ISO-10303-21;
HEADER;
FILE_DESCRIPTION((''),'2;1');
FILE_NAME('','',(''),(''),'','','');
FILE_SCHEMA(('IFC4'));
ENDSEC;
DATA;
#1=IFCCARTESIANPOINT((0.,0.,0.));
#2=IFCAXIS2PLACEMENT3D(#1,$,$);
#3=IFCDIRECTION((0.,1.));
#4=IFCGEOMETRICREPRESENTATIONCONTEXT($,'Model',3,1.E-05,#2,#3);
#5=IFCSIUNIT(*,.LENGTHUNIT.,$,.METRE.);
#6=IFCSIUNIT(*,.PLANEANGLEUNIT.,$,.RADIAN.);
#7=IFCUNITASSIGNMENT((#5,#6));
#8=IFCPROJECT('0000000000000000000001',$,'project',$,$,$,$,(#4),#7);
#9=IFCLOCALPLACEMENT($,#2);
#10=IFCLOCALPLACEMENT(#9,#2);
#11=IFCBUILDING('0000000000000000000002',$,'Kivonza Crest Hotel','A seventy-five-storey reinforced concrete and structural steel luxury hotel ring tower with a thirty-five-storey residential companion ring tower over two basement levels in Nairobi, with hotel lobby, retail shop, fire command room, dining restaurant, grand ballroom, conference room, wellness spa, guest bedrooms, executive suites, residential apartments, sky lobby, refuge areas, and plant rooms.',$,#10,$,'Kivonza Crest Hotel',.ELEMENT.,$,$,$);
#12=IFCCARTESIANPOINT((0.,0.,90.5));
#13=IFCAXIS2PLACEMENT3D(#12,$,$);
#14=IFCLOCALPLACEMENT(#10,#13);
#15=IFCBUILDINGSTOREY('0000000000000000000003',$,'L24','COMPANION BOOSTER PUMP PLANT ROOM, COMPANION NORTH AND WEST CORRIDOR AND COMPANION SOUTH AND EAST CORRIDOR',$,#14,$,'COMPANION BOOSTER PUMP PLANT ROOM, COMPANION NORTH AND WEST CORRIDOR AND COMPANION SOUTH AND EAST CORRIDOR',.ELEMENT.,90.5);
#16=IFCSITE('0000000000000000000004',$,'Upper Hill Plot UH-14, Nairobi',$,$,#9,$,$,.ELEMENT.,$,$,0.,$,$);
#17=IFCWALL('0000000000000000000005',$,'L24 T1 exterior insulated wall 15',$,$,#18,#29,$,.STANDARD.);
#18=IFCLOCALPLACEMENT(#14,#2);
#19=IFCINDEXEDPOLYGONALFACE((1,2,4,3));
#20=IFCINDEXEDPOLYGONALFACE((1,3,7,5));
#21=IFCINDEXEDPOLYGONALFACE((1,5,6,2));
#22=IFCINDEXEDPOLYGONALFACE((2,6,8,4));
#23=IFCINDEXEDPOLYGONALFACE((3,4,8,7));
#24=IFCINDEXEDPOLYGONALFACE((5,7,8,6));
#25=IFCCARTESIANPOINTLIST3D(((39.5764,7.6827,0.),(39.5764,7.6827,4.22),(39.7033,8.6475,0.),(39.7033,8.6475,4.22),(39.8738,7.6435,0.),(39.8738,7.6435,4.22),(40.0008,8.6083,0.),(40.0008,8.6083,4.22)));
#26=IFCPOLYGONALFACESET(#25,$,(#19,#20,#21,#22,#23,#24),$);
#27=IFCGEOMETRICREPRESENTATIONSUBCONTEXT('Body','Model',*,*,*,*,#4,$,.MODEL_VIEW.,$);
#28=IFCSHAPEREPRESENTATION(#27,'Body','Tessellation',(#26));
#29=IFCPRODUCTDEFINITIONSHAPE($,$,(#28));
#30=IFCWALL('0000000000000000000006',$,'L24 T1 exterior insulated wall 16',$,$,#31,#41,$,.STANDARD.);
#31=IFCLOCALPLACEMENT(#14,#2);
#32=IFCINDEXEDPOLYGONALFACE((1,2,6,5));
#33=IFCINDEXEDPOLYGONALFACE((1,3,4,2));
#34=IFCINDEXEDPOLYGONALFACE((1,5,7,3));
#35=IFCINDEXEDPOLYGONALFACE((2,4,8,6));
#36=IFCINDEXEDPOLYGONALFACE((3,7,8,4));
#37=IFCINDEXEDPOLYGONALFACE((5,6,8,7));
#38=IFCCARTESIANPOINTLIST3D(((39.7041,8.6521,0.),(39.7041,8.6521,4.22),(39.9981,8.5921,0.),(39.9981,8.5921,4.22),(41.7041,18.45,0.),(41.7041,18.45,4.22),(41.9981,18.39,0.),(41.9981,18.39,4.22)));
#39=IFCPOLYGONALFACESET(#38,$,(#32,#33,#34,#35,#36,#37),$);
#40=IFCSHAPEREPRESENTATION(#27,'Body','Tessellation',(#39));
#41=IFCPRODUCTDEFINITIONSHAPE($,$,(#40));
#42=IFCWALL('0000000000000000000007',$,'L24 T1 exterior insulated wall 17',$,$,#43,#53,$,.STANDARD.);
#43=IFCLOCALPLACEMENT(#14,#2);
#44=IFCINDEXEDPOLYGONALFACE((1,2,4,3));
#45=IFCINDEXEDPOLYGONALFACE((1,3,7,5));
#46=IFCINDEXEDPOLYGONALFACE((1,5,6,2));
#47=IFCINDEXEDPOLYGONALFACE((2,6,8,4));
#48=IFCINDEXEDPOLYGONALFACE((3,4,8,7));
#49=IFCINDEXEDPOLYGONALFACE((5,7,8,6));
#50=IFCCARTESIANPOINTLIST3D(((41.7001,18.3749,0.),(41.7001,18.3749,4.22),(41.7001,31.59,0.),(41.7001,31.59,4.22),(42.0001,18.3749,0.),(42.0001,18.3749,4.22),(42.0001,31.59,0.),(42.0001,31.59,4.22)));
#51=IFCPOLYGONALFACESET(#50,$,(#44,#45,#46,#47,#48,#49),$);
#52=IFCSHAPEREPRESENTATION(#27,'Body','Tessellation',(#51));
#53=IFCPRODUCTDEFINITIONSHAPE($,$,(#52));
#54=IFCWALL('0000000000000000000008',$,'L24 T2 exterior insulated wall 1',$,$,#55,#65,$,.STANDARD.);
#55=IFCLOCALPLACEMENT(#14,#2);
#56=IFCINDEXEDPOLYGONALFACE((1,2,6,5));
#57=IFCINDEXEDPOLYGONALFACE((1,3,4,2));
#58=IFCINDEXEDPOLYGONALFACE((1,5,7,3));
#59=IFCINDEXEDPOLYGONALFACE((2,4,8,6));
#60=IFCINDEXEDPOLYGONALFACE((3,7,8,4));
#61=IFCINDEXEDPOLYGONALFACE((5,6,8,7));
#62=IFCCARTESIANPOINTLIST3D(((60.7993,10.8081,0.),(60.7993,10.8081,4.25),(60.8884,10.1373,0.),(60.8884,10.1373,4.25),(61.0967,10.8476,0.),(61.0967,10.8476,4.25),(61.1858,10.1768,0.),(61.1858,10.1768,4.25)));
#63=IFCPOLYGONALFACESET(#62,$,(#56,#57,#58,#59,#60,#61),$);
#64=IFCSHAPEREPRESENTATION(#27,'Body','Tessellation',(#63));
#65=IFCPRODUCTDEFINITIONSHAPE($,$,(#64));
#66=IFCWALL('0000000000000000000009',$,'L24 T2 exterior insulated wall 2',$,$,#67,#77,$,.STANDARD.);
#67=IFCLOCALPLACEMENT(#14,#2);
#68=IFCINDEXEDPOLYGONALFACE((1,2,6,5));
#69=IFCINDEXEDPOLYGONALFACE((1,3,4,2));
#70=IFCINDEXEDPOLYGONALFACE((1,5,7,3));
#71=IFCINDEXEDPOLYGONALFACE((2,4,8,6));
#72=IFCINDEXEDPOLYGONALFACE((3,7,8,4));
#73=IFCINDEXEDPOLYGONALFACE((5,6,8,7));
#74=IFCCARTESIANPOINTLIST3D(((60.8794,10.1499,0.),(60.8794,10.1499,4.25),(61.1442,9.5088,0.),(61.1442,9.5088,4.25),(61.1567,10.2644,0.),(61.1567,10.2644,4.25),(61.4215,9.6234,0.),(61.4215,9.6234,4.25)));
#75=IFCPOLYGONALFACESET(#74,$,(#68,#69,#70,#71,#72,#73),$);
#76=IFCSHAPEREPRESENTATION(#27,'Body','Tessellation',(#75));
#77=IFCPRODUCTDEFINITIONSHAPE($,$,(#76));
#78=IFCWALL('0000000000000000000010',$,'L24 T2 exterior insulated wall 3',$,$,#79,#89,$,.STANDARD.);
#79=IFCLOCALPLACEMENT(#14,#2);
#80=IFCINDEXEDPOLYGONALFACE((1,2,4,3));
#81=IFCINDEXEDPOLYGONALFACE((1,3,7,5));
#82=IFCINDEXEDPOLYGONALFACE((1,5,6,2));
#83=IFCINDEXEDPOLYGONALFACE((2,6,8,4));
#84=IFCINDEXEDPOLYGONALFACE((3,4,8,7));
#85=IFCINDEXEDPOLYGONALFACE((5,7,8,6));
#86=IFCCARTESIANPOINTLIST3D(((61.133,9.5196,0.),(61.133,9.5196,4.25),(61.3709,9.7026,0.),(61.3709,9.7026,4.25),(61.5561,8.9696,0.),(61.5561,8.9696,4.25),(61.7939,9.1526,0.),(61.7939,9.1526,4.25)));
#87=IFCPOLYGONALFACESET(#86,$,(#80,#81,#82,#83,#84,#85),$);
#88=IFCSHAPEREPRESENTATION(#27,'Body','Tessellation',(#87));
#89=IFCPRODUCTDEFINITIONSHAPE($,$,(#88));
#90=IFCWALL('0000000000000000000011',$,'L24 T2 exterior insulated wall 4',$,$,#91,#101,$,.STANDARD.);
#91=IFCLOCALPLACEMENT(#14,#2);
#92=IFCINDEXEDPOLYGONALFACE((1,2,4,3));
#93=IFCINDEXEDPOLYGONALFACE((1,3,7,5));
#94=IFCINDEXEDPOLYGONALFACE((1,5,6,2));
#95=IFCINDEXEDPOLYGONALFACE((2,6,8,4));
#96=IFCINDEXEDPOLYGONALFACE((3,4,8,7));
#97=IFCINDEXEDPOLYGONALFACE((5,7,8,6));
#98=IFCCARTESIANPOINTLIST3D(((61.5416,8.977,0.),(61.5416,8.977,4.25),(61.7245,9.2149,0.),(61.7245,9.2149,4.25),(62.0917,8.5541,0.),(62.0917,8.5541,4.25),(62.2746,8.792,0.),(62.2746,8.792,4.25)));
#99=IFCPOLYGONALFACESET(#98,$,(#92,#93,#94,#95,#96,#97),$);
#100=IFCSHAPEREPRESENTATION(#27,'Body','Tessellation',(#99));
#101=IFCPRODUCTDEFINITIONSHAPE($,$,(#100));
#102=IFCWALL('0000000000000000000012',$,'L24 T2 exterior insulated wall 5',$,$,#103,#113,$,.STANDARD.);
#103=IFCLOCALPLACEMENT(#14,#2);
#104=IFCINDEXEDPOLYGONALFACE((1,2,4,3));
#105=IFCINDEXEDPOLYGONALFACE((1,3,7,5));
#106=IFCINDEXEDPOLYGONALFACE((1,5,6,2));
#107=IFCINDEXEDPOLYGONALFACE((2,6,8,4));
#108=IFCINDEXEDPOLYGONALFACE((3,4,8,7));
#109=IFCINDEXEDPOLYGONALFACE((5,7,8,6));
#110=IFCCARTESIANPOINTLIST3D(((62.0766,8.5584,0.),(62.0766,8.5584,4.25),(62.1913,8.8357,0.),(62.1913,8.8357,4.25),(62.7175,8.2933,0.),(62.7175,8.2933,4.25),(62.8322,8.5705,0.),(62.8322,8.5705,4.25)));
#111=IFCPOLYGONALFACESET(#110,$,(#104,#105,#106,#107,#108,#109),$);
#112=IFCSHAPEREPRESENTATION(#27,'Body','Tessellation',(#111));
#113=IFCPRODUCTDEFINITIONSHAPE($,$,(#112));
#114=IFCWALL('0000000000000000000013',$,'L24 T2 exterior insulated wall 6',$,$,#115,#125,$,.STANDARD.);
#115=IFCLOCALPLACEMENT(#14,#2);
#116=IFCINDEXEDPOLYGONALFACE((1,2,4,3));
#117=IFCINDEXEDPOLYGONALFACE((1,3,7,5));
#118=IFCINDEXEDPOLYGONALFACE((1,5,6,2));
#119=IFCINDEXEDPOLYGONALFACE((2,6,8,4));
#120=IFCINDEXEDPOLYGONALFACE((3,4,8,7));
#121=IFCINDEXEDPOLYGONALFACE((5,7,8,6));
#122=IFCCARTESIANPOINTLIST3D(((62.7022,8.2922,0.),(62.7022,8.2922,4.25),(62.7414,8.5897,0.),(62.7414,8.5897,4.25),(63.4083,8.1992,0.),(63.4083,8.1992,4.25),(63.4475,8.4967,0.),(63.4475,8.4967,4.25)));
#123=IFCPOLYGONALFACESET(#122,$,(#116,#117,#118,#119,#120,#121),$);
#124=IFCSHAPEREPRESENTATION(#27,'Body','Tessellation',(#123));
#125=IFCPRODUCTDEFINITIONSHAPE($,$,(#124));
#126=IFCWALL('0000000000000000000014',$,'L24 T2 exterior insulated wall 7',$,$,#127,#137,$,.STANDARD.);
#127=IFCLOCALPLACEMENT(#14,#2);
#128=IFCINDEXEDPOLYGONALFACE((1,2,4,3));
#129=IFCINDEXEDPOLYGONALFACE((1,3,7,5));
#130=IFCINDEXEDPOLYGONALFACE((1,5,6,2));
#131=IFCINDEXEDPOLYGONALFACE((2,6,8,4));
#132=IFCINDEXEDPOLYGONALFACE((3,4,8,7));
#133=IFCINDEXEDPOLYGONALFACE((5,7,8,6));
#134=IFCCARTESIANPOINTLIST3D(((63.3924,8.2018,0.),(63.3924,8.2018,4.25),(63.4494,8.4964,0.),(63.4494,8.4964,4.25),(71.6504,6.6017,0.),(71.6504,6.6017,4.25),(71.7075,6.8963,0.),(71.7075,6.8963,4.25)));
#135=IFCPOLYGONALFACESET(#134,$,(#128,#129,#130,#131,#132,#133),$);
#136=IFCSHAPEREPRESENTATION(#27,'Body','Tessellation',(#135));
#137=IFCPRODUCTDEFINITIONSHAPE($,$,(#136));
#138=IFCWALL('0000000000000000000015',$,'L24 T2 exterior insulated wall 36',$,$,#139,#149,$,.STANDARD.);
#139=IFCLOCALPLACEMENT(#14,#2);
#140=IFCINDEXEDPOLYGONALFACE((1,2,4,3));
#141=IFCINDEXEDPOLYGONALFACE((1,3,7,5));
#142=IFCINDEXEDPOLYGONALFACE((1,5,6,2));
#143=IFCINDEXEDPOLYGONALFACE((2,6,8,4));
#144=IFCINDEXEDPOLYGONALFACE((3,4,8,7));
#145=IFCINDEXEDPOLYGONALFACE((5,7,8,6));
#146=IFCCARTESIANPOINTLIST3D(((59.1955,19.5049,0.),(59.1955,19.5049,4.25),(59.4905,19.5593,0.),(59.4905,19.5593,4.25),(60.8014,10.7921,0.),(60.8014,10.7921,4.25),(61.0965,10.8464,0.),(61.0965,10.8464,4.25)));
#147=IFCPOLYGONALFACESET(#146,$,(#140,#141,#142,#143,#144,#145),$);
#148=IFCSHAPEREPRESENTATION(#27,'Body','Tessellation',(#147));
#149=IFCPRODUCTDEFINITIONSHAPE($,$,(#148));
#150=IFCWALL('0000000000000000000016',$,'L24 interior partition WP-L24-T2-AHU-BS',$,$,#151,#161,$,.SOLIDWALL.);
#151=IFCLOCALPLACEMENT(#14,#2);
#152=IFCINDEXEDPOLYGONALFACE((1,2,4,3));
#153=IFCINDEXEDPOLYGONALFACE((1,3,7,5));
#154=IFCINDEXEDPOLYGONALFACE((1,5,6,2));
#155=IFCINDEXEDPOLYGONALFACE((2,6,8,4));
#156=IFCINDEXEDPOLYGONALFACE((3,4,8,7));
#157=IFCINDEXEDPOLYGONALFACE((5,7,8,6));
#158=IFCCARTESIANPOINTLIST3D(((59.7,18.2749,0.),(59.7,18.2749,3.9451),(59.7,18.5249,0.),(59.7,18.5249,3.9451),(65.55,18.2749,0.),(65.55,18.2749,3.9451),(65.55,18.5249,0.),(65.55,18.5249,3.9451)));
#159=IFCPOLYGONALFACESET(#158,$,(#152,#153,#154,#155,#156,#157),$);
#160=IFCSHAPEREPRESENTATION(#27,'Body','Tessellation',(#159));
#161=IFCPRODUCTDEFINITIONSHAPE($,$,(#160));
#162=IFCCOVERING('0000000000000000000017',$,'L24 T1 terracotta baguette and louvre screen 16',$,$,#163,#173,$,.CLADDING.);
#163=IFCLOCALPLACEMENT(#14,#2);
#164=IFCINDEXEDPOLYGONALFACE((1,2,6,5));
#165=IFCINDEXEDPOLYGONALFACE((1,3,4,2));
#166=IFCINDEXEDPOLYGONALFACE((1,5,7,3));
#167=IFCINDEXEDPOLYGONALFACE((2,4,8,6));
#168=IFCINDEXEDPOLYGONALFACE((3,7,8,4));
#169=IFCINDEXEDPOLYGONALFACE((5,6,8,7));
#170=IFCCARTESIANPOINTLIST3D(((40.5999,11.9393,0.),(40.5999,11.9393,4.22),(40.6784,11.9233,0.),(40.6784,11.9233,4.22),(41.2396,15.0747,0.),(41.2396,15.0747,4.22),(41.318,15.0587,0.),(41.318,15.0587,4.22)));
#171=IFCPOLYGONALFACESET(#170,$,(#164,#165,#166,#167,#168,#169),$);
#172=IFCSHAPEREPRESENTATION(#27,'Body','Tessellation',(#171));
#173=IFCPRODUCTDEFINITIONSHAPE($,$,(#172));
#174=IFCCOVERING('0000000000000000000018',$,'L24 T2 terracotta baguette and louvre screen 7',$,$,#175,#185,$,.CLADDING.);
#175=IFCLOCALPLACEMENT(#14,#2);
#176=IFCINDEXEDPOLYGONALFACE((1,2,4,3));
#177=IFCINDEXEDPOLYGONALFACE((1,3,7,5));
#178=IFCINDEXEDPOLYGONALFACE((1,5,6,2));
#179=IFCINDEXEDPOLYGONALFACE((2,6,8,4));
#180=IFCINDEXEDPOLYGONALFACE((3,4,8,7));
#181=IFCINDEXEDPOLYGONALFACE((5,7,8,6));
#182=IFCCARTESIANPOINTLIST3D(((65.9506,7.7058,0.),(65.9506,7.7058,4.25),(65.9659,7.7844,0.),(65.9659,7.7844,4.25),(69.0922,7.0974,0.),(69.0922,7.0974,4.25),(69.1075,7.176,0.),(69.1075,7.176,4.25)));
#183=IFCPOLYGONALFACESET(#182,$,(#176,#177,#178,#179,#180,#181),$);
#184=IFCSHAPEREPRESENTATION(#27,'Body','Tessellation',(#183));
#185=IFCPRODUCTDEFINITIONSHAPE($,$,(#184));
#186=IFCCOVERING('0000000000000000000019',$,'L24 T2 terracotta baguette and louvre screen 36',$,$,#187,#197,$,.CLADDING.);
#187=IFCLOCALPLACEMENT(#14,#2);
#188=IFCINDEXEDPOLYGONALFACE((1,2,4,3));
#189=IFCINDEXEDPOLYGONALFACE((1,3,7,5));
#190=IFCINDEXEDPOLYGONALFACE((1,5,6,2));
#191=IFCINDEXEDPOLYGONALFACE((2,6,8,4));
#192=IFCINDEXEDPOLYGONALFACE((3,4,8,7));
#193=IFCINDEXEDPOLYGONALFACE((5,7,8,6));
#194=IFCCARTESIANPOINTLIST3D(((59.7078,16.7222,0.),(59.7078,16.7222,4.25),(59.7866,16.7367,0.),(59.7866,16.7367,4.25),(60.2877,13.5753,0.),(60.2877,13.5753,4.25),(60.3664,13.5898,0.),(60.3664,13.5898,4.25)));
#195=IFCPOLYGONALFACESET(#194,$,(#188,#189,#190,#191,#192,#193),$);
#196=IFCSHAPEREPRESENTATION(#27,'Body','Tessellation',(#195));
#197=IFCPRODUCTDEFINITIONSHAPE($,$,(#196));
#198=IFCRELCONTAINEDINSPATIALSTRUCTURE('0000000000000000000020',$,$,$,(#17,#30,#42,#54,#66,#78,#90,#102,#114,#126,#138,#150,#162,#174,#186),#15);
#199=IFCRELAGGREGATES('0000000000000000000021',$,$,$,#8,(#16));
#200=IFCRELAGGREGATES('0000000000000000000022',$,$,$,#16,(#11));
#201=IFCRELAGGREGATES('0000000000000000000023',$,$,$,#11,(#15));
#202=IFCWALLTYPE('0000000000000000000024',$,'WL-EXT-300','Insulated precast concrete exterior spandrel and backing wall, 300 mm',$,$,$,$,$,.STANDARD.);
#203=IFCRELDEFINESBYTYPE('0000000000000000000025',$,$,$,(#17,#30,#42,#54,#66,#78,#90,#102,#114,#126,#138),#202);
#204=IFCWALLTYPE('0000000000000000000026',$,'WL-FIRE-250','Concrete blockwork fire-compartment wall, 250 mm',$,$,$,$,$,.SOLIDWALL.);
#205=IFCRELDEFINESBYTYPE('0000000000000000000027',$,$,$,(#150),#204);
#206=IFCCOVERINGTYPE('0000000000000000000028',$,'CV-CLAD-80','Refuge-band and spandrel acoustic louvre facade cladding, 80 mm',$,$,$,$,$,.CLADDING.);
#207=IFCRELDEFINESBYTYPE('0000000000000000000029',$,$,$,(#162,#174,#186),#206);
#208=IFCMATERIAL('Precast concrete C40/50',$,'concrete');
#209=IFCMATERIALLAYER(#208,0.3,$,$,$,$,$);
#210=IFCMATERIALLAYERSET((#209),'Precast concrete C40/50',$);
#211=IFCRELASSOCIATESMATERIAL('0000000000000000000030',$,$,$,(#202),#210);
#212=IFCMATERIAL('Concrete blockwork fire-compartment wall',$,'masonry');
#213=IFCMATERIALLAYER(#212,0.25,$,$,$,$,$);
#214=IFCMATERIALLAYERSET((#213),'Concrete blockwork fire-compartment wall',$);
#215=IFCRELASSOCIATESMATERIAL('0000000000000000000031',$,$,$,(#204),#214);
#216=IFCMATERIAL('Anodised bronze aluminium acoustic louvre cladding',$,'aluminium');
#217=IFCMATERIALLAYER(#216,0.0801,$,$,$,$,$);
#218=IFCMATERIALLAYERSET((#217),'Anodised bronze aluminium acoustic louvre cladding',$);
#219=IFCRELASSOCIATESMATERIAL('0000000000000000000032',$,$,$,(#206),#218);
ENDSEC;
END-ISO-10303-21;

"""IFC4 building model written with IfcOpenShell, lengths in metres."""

from ifc_helpers import new_model, si_unit, direction, frame, frame_2d, origin, origin_2d, place, context, subcontext, project, spatial, rectangle, extrude, material, layer, layer_set, type_object, element, save


model = new_model("IFC4")

# Units and contexts
model_context = context("Model", 3, precision=1e-05, world=origin(), true_north=direction((0.0, 1.0)))
body_context = subcontext(model_context, "Body", "Model", "MODEL_VIEW")
ifc_project = project(units=[si_unit("LENGTHUNIT", "METRE"), si_unit("PLANEANGLEUNIT", "RADIAN")], contexts=[model_context])

# Site, building, storey
site_placement = place(None, origin())
site = spatial("IfcSite", under=ifc_project, at=site_placement, Name="Upper Hill Plot UH-14, Nairobi", CompositionType="ELEMENT", RefElevation=0.0)
building_placement = place(site_placement, origin())
building = spatial("IfcBuilding", under=site, at=building_placement, Name="Kivonza Crest Hotel", Description="A seventy-five-storey reinforced concrete and structural steel luxury hotel ring tower with a thirty-five-storey residential companion ring tower over two basement levels in Nairobi, with hotel lobby, retail shop, fire command room, dining restaurant, grand ballroom, conference room, wellness spa, guest bedrooms, executive suites, residential apartments, sky lobby, refuge areas, and plant rooms.", LongName="Kivonza Crest Hotel", CompositionType="ELEMENT")
storey_placement = place(building_placement, frame((0.0, 0.0, 90.5)))
storey = spatial("IfcBuildingStorey", under=building, at=storey_placement, Name="L24", Description="COMPANION BOOSTER PUMP PLANT ROOM, COMPANION NORTH AND WEST CORRIDOR AND COMPANION SOUTH AND EAST CORRIDOR", LongName="COMPANION BOOSTER PUMP PLANT ROOM, COMPANION NORTH AND WEST CORRIDOR AND COMPANION SOUTH AND EAST CORRIDOR", CompositionType="ELEMENT", Elevation=90.5)

# Walls
ifc_material_1 = material(Name="Precast concrete C40/50", Category="concrete")
ifc_layer_1 = layer(ifc_material_1, 0.3)
ifc_layer_set_1 = layer_set([ifc_layer_1], Name="Precast concrete C40/50")
wall_type_1 = type_object("IfcWallType", Name="WL-EXT-300", Description="Insulated precast concrete exterior spandrel and backing wall, 300 mm", PredefinedType="STANDARD", material=ifc_layer_set_1)
wall_1_placement = place(storey_placement, frame((39.7251, 7.6631, 0.0), z_axis=(0.0, 0.0, 1.0), x_axis=(0.130455, 0.991454, 0.0)))
element("IfcWall", 1, at=wall_1_placement, inside=storey, type_object=wall_type_1, Name="L24 T1 exterior insulated wall 15", PredefinedType="STANDARD", context=body_context, shape_type="SweptSolid", body=[
    extrude(rectangle(XDim=0.9731, YDim=0.3, at=frame_2d((0.4866, 0.0))), origin(), (0.0, 0.0, 1.0), 4.22),
])
wall_2_placement = place(storey_placement, frame((39.8511, 8.6221, 0.0), z_axis=(0.0, 0.0, 1.0), x_axis=(0.200002, 0.979795, 0.0)))
element("IfcWall", 2, at=wall_2_placement, inside=storey, type_object=wall_type_1, Name="L24 T1 exterior insulated wall 16", PredefinedType="STANDARD", context=body_context, shape_type="SweptSolid", body=[
    extrude(rectangle(XDim=10.0, YDim=0.3, at=frame_2d((5.0, 0.0))), origin(), (0.0, 0.0, 1.0), 4.22),
])
wall_3_placement = place(storey_placement, frame((41.8501, 18.375, 0.0), z_axis=(0.0, 0.0, 1.0), x_axis=(0.0, 1.0, 0.0)))
element("IfcWall", 3, at=wall_3_placement, inside=storey, type_object=wall_type_1, Name="L24 T1 exterior insulated wall 17", PredefinedType="STANDARD", context=body_context, shape_type="SweptSolid", body=[
    extrude(rectangle(XDim=13.2151, YDim=0.3, at=frame_2d((6.6074, 0.0))), origin(), (0.0, 0.0, 1.0), 4.22),
])
wall_4_placement = place(storey_placement, frame((60.948, 10.8279, 0.0), z_axis=(0.0, 0.0, 1.0), x_axis=(0.131667, -0.991294, 0.0)))
element("IfcWall", 4, at=wall_4_placement, inside=storey, type_object=wall_type_1, Name="L24 T2 exterior insulated wall 1", PredefinedType="STANDARD", context=body_context, shape_type="SweptSolid", body=[
    extrude(rectangle(XDim=0.6768, YDim=0.3, at=frame_2d((0.3384, 0.0))), origin(), (0.0, 0.0, 1.0), 4.25),
])
wall_5_placement = place(storey_placement, frame((61.0181, 10.207, 0.0), z_axis=(0.0, 0.0, 1.0), x_axis=(0.381865, -0.924218, 0.0)))
element("IfcWall", 5, at=wall_5_placement, inside=storey, type_object=wall_type_1, Name="L24 T2 exterior insulated wall 2", PredefinedType="STANDARD", context=body_context, shape_type="SweptSolid", body=[
    extrude(rectangle(XDim=0.6936, YDim=0.3, at=frame_2d((0.3467, 0.0))), origin(), (0.0, 0.0, 1.0), 4.25),
])
for number, where, z_axis, x_axis, name in (
    (6, (61.252, 9.6111, 0.0), (0.0, 0.0, 1.0), (0.609694, -0.792637, 0.0), "L24 T2 exterior insulated wall 3"),
    (7, (61.6331, 9.0959, 0.0), (0.0, 0.0, 1.0), (0.792807, -0.609473, 0.0), "L24 T2 exterior insulated wall 4"),
):
    element("IfcWall", number, at=place(storey_placement, frame(where, z_axis=z_axis, x_axis=x_axis)), inside=storey, type_object=wall_type_1, Name=name, PredefinedType="STANDARD", context=body_context, shape_type="SweptSolid", body=[
        extrude(rectangle(XDim=0.6938, YDim=0.3, at=frame_2d((0.3469, 0.0))), origin(), (0.0, 0.0, 1.0), 4.25),
    ])
wall_6_placement = place(storey_placement, frame((62.134, 8.697, 0.0), z_axis=(0.0, 0.0, 1.0), x_axis=(0.924043, -0.38229, 0.0)))
element("IfcWall", 8, at=wall_6_placement, inside=storey, type_object=wall_type_1, Name="L24 T2 exterior insulated wall 5", PredefinedType="STANDARD", context=body_context, shape_type="SweptSolid", body=[
    extrude(rectangle(XDim=0.6936, YDim=0.3, at=frame_2d((0.3467, 0.0))), origin(), (0.0, 0.0, 1.0), 4.25),
])
wall_7_placement = place(storey_placement, frame((62.7219, 8.4409, 0.0), z_axis=(0.0, 0.0, 1.0), x_axis=(0.991433, -0.130614, 0.0)))
element("IfcWall", 9, at=wall_7_placement, inside=storey, type_object=wall_type_1, Name="L24 T2 exterior insulated wall 6", PredefinedType="STANDARD", context=body_context, shape_type="SweptSolid", body=[
    extrude(rectangle(XDim=0.7122, YDim=0.3, at=frame_2d((0.356, 0.0))), origin(), (0.0, 0.0, 1.0), 4.25),
])
wall_8_placement = place(storey_placement, frame((63.4209, 8.3491, 0.0), z_axis=(0.0, 0.0, 1.0), x_axis=(0.981741, -0.190224, 0.0)))
element("IfcWall", 10, at=wall_8_placement, inside=storey, type_object=wall_type_1, Name="L24 T2 exterior insulated wall 7", PredefinedType="STANDARD", context=body_context, shape_type="SweptSolid", body=[
    extrude(rectangle(XDim=8.4116, YDim=0.3, at=frame_2d((4.2058, 0.0))), origin(), (0.0, 0.0, 1.0), 4.25),
])
wall_9_placement = place(storey_placement, frame((59.343, 19.532, 0.0), z_axis=(0.0, 0.0, 1.0), x_axis=(0.181266, -0.983434, 0.0)))
element("IfcWall", 11, at=wall_9_placement, inside=storey, type_object=wall_type_1, Name="L24 T2 exterior insulated wall 36", PredefinedType="STANDARD", context=body_context, shape_type="SweptSolid", body=[
    extrude(rectangle(XDim=8.8596, YDim=0.3, at=frame_2d((4.4297, 0.0))), origin(), (0.0, 0.0, 1.0), 4.25),
])
ifc_material_2 = material(Name="Concrete blockwork fire-compartment wall", Category="masonry")
ifc_layer_2 = layer(ifc_material_2, 0.25)
ifc_layer_set_2 = layer_set([ifc_layer_2], Name="Concrete blockwork fire-compartment wall")
wall_type_2 = type_object("IfcWallType", Name="WL-FIRE-250", Description="Concrete blockwork fire-compartment wall, 250 mm", PredefinedType="SOLIDWALL", material=ifc_layer_set_2)
wall_10_placement = place(storey_placement, frame((59.7, 18.3999, 0.0), z_axis=(0.0, 0.0, 1.0), x_axis=(1.0, 0.0, 0.0)))
element("IfcWall", 12, at=wall_10_placement, inside=storey, type_object=wall_type_2, Name="L24 interior partition WP-L24-T2-AHU-BS", PredefinedType="SOLIDWALL", context=body_context, shape_type="SweptSolid", body=[
    extrude(rectangle(XDim=5.8501, YDim=0.25, at=frame_2d((2.925, 0.0))), origin(), (0.0, 0.0, 1.0), 3.9451),
])

# Coverings
ifc_material_3 = material(Name="Anodised bronze aluminium acoustic louvre cladding", Category="aluminium")
ifc_layer_3 = layer(ifc_material_3, 0.0801)
ifc_layer_set_3 = layer_set([ifc_layer_3], Name="Anodised bronze aluminium acoustic louvre cladding")
covering_type = type_object("IfcCoveringType", Name="CV-CLAD-80", Description="Refuge-band and spandrel acoustic louvre facade cladding, 80 mm", PredefinedType="CLADDING", material=ifc_layer_set_3)
covering_placement = place(storey_placement, frame((40.959, 13.499, 0.0), z_axis=(0.0, 0.0, 1.0), x_axis=(0.199881, 0.97982, 0.0)))
element("IfcCovering", 13, at=covering_placement, inside=storey, type_object=covering_type, Name="L24 T1 terracotta baguette and louvre screen 16", PredefinedType="CLADDING", context=body_context, shape_type="SweptSolid", body=[
    extrude(rectangle(XDim=3.2, YDim=0.0801, at=origin_2d()), origin(), (0.0, 0.0, 1.0), 4.22),
])
for number, where, z_axis, x_axis, name in (
    (14, (67.5291, 7.4409, 0.0), (0.0, 0.0, 1.0), (0.98176, -0.190124, 0.0), "L24 T2 terracotta baguette and louvre screen 7"),
    (15, (60.0371, 15.156, 0.0), (0.0, 0.0, 1.0), (0.181206, -0.983445, 0.0), "L24 T2 terracotta baguette and louvre screen 36"),
):
    element("IfcCovering", number, at=place(storey_placement, frame(where, z_axis=z_axis, x_axis=x_axis)), inside=storey, type_object=covering_type, Name=name, PredefinedType="CLADDING", context=body_context, shape_type="SweptSolid", body=[
        extrude(rectangle(XDim=3.2, YDim=0.0801, at=origin_2d()), origin(), (0.0, 0.0, 1.0), 4.25),
    ])

save(model, "model.ifc")
